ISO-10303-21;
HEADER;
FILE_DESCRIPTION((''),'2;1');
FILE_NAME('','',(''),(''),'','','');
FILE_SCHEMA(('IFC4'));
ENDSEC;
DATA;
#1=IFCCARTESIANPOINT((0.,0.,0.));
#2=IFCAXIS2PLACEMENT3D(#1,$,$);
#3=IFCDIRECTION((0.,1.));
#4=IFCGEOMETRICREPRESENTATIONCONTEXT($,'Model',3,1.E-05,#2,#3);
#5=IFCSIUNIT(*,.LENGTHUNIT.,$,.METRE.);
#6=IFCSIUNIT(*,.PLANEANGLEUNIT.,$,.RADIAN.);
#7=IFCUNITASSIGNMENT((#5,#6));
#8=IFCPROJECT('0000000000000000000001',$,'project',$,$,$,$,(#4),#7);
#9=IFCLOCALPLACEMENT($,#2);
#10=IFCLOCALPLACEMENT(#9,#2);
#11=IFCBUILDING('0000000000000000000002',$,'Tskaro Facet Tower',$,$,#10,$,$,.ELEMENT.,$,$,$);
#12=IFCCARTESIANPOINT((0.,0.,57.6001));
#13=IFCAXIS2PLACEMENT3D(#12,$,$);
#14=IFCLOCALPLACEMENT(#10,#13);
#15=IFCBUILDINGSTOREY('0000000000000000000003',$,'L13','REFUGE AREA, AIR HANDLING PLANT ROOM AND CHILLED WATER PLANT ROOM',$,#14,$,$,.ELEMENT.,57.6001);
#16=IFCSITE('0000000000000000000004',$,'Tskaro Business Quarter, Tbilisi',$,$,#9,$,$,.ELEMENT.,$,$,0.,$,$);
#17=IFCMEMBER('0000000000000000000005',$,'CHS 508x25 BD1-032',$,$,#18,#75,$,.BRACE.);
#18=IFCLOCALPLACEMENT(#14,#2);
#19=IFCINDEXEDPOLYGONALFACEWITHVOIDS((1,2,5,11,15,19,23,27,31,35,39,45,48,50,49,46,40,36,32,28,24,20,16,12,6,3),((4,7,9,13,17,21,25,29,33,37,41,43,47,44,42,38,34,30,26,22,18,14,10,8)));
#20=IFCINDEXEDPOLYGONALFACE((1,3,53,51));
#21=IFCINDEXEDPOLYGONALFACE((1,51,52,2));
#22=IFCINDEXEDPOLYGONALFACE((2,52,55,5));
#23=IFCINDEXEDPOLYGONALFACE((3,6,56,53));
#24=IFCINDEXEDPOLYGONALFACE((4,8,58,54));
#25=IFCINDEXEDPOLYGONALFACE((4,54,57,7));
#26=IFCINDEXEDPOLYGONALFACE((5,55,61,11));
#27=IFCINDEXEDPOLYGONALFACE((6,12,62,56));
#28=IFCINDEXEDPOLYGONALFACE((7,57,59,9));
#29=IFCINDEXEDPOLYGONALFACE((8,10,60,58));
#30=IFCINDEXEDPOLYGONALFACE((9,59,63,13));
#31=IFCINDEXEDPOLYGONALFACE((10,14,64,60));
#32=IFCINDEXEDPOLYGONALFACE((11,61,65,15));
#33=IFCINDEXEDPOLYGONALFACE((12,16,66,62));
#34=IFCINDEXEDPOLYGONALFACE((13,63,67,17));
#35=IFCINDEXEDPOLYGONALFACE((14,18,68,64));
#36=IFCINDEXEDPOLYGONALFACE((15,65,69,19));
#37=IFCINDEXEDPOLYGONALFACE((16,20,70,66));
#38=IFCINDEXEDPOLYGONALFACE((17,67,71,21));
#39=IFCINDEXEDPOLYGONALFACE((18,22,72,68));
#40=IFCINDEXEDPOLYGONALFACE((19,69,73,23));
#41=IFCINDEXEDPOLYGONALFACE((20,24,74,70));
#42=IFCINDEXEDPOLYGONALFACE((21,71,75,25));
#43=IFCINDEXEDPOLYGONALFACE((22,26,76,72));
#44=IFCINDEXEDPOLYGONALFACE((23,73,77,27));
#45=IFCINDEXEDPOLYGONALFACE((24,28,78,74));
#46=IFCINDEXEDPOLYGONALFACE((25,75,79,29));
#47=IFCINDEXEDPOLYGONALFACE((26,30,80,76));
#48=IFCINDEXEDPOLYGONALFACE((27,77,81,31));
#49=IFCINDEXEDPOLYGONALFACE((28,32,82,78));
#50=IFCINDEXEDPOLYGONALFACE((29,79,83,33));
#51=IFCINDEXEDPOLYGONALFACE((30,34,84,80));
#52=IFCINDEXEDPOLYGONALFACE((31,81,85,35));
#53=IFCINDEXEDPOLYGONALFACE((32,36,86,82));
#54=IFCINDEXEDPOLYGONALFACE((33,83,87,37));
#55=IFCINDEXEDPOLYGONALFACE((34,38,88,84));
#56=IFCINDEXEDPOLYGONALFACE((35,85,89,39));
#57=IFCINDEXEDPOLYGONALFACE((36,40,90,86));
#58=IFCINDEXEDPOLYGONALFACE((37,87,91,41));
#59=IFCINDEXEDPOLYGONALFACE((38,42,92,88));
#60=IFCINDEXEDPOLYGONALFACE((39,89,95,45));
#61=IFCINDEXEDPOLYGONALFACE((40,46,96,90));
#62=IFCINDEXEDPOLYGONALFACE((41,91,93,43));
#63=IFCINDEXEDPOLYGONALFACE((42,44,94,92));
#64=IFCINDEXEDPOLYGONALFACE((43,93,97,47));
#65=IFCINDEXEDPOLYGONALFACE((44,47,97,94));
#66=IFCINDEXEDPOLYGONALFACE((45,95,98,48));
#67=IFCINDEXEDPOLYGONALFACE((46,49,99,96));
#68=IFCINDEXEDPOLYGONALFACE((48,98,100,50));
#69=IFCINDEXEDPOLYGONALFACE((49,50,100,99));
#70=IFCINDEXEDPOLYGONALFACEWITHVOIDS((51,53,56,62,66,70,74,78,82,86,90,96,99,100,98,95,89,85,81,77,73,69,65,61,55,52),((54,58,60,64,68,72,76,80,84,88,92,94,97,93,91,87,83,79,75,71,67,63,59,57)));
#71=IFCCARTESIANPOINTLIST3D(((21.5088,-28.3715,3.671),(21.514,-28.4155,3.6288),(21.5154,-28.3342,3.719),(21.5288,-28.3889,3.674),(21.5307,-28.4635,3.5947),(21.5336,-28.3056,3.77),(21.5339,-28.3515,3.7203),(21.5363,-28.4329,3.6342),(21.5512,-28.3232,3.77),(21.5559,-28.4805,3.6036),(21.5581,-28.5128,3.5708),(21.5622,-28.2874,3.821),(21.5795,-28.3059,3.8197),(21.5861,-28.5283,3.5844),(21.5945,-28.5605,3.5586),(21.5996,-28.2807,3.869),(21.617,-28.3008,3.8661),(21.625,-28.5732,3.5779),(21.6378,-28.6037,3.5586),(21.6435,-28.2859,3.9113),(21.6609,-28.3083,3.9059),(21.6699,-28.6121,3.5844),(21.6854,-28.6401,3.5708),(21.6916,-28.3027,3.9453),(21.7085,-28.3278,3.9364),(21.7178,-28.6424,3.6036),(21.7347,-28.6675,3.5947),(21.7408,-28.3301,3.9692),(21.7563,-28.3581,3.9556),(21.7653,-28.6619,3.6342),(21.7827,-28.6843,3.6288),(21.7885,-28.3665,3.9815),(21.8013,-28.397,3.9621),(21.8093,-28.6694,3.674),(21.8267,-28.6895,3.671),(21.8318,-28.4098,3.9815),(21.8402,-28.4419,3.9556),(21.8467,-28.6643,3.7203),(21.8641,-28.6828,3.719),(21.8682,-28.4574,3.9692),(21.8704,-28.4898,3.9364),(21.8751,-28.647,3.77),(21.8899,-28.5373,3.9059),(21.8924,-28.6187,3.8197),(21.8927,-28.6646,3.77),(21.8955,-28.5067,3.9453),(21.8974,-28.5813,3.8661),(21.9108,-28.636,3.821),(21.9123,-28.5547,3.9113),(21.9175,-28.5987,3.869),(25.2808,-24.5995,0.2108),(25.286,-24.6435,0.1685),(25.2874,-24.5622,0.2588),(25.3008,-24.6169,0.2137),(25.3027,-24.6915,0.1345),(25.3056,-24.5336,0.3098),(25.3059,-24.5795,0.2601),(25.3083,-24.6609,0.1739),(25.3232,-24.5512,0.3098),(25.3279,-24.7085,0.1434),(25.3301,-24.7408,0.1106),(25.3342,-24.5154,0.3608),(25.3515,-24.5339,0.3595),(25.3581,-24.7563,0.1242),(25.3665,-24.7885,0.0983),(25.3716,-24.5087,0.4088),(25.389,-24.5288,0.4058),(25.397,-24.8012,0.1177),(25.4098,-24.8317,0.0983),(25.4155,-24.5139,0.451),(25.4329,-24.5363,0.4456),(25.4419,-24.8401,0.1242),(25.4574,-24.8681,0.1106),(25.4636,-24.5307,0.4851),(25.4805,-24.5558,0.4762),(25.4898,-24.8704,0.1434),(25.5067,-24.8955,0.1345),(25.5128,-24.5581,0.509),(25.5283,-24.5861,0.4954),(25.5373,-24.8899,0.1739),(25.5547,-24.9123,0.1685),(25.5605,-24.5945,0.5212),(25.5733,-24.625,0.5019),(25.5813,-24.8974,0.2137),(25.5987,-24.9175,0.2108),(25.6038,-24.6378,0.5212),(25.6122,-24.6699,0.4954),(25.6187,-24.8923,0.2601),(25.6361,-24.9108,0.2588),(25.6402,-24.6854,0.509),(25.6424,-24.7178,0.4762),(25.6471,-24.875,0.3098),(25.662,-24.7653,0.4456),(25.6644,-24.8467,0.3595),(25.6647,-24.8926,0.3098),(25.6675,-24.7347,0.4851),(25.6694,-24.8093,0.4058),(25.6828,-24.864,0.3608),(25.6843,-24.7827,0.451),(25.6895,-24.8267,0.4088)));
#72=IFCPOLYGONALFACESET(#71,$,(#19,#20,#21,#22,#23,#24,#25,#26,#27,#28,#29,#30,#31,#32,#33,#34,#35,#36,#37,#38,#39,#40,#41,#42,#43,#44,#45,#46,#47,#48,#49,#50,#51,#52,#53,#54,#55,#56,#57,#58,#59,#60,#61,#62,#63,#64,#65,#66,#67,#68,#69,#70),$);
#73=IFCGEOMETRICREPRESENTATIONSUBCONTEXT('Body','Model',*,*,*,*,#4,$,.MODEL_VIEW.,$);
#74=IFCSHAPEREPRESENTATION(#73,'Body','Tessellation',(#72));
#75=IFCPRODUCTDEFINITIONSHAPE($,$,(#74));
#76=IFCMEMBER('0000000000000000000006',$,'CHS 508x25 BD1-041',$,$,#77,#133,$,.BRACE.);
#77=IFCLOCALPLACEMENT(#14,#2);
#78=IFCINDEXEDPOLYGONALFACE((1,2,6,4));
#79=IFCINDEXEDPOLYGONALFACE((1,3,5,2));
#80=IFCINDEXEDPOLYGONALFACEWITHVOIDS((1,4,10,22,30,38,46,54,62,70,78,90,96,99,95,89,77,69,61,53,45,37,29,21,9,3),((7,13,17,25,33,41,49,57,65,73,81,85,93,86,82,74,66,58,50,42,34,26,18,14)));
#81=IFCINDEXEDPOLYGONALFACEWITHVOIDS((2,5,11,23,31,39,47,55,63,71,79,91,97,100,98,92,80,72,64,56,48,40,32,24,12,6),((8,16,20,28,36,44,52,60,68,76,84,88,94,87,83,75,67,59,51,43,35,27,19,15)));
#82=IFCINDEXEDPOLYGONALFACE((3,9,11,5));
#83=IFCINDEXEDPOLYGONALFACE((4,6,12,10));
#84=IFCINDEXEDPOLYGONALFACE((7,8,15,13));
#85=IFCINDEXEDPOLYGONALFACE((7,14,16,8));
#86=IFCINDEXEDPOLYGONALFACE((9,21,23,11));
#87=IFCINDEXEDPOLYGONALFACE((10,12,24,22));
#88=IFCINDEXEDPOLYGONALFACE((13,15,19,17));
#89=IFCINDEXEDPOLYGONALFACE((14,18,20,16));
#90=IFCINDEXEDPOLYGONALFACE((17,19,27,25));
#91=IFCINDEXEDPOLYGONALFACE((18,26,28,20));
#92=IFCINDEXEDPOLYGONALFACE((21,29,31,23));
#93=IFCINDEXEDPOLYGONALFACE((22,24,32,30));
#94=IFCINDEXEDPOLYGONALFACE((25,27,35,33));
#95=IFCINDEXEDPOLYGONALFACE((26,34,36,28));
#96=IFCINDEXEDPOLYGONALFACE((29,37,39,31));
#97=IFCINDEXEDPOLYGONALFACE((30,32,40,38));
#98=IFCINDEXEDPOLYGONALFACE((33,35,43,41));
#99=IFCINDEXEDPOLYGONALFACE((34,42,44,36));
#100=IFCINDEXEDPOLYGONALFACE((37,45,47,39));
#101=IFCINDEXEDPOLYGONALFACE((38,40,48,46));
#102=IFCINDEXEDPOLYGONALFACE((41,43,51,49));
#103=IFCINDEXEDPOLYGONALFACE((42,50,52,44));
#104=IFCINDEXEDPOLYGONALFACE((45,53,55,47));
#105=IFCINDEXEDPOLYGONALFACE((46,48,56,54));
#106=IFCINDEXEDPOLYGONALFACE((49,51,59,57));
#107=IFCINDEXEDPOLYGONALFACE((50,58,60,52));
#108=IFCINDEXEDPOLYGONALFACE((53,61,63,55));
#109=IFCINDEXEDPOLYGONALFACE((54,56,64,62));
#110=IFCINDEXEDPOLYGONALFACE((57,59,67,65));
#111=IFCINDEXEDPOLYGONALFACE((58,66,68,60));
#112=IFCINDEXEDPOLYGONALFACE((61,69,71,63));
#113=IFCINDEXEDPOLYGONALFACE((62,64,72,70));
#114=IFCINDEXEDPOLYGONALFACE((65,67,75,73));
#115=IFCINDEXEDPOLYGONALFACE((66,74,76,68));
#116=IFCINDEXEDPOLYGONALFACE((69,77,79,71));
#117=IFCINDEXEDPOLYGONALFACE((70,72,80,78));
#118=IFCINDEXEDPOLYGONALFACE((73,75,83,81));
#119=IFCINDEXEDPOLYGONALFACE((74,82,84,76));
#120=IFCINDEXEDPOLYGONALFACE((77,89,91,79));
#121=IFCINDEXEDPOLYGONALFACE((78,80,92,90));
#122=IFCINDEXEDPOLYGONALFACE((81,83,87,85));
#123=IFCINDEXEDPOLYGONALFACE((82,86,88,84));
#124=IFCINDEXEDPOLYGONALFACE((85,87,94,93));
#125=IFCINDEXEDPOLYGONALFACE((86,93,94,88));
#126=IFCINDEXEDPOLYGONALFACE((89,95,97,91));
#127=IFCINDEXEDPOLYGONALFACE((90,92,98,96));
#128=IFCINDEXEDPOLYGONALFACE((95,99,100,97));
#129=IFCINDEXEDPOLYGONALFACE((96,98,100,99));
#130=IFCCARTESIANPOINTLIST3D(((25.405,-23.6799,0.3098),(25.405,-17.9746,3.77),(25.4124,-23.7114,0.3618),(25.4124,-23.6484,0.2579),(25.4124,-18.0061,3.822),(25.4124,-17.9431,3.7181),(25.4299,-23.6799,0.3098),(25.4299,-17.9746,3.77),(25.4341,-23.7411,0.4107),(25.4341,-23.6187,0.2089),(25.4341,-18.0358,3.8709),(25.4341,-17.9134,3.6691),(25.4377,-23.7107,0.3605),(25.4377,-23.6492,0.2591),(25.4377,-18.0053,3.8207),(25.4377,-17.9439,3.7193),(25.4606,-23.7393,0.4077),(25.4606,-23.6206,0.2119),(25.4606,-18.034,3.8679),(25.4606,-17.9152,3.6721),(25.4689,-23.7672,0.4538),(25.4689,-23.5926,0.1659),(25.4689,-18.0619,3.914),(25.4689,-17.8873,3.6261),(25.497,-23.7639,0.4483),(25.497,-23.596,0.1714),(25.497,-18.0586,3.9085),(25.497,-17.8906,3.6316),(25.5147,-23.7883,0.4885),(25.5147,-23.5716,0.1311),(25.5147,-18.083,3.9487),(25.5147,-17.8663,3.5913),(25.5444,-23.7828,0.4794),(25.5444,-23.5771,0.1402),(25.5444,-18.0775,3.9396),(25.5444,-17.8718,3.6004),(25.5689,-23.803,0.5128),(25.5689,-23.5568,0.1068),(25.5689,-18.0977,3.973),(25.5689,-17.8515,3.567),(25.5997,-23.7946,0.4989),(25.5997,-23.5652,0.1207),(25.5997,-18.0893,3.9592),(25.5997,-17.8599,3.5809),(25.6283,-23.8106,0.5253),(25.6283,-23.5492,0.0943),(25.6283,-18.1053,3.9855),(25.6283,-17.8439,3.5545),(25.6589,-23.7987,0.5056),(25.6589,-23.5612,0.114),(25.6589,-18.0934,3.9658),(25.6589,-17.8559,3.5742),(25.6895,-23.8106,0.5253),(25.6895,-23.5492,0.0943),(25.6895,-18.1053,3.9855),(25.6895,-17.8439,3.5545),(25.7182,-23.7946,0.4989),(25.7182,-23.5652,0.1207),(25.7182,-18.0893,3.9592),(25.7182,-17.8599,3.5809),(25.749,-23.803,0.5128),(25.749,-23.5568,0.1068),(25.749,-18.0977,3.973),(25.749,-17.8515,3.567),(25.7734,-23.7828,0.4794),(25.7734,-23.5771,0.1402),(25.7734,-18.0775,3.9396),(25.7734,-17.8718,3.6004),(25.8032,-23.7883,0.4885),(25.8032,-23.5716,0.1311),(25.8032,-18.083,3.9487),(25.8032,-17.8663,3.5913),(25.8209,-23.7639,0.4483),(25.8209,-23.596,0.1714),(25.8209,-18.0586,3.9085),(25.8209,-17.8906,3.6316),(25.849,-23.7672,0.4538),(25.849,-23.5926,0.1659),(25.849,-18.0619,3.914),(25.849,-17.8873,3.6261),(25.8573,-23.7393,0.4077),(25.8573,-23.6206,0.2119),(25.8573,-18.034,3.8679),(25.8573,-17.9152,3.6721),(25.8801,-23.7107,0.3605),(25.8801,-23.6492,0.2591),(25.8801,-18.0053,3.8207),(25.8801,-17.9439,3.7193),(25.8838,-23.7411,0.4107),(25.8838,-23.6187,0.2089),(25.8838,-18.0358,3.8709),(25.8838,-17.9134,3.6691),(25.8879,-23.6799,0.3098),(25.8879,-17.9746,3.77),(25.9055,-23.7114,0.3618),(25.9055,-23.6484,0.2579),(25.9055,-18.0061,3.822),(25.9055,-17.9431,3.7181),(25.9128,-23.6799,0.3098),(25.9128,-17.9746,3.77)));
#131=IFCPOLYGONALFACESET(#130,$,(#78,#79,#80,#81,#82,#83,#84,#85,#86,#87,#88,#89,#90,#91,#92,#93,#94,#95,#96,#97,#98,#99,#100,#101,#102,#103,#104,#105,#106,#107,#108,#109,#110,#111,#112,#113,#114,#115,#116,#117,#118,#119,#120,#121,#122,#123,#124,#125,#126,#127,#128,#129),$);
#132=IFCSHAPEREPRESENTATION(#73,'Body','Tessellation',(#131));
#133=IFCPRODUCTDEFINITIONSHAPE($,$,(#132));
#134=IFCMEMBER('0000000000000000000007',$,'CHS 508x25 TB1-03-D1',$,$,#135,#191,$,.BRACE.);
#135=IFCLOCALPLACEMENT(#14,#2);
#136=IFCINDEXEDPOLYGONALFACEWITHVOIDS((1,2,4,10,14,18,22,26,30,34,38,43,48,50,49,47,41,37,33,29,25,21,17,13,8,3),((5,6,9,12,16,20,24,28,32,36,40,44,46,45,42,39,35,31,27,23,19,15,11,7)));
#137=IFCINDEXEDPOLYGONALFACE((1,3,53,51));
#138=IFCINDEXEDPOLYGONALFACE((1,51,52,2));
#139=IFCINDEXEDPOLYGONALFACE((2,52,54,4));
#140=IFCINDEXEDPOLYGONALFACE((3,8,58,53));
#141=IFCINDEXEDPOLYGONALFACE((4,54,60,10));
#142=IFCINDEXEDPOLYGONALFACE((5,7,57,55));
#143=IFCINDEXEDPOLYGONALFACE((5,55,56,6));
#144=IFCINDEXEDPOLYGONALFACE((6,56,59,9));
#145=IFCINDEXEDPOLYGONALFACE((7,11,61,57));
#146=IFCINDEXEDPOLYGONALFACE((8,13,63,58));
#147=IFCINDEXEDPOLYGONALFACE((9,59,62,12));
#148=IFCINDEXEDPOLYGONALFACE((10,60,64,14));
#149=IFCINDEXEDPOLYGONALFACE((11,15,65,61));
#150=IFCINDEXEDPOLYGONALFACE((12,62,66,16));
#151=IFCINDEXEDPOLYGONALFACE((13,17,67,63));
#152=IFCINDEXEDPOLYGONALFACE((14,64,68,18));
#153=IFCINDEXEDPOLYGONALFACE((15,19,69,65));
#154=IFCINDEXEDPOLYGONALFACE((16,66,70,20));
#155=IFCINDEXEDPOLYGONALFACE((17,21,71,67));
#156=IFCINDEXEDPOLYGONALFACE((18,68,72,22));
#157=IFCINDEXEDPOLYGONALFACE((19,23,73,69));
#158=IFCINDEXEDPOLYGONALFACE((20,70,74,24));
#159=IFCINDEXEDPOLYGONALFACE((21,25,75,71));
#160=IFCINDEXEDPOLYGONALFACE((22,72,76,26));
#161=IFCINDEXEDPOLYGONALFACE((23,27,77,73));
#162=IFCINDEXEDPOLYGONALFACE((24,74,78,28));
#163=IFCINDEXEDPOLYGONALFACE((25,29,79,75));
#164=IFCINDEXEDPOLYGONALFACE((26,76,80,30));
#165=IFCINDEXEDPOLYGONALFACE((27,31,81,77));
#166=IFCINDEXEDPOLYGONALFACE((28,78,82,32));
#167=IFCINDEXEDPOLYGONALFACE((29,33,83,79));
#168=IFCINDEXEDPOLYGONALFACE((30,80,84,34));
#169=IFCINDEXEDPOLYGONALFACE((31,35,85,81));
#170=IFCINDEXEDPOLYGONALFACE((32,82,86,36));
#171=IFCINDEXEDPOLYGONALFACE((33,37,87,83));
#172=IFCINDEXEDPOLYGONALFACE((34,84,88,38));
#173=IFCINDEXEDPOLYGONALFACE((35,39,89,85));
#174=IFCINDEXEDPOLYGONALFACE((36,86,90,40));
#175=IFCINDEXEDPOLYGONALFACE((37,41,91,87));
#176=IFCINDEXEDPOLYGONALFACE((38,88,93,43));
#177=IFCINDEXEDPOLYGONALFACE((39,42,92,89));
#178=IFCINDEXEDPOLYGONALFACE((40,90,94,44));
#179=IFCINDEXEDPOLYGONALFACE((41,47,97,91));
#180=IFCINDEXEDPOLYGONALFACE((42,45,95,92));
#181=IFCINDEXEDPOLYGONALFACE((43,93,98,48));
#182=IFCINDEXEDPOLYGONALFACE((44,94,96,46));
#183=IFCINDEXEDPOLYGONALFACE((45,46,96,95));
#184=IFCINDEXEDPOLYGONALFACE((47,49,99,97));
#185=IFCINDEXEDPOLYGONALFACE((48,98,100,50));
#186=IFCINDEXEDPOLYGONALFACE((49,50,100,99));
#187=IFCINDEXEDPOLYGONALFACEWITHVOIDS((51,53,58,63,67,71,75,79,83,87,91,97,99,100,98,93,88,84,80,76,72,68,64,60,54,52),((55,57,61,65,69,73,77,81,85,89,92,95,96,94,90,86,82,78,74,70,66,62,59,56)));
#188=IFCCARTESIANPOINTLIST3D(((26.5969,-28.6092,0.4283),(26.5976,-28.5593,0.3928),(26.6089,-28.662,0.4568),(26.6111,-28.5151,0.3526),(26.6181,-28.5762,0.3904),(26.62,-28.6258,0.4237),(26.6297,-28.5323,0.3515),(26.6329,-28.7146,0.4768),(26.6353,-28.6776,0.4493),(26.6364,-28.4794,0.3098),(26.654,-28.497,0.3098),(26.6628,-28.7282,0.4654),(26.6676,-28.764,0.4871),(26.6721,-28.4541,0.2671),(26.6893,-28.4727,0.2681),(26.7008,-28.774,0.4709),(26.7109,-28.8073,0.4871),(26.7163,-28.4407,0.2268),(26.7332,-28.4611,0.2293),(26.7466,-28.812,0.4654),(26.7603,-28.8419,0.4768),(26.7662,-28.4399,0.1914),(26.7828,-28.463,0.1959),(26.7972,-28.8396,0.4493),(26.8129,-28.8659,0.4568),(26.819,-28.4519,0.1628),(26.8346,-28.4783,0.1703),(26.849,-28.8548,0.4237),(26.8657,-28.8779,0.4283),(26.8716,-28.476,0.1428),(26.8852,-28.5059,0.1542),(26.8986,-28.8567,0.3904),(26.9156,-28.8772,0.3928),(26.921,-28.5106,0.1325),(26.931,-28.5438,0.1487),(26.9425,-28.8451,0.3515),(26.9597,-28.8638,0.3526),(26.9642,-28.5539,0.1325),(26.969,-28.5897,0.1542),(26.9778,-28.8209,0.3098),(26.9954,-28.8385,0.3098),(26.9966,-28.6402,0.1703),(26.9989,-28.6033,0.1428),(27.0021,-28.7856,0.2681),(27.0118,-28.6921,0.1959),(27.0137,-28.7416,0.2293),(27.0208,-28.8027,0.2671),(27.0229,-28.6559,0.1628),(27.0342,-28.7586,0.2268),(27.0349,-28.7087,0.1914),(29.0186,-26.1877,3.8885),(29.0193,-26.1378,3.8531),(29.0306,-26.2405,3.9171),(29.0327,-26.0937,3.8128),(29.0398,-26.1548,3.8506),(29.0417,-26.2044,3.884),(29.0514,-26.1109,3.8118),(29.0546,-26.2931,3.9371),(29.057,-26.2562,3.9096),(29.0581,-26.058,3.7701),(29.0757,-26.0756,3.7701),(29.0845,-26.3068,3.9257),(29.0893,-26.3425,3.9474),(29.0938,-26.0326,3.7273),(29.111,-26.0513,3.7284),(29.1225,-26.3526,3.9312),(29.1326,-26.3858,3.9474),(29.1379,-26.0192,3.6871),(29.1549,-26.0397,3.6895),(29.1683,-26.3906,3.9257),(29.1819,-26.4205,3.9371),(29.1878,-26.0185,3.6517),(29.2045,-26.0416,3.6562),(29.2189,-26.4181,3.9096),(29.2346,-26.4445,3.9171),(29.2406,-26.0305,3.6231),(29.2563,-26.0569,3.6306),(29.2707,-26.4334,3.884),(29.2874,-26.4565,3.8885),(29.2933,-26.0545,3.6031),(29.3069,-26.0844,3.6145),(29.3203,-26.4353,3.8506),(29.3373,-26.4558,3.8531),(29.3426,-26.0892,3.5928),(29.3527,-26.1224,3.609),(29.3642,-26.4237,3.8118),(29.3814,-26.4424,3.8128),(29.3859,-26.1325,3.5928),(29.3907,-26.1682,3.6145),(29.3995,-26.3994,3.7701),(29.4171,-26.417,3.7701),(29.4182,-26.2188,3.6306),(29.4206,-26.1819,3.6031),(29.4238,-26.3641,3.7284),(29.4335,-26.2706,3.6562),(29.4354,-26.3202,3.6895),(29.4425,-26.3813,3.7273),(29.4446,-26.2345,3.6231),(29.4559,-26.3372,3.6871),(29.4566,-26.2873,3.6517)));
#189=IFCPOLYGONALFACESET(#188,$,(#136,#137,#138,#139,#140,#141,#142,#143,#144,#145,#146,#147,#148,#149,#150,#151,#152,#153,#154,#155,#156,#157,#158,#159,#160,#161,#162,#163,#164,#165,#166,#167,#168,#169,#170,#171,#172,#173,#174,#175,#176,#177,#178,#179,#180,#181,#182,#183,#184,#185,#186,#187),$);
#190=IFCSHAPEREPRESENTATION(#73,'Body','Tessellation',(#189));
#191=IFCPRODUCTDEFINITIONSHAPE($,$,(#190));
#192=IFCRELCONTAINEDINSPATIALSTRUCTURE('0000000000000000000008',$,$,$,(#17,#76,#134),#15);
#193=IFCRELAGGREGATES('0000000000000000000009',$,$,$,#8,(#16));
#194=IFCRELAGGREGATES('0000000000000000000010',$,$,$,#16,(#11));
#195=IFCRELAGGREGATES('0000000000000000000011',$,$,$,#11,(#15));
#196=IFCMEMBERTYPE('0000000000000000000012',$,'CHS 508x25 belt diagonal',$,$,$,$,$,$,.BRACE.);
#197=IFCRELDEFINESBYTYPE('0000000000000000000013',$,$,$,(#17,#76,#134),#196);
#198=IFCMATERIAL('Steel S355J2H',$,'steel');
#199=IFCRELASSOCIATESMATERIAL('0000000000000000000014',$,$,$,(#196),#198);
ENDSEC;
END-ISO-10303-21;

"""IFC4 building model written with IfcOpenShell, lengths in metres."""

from ifc_helpers import new_model, si_unit, direction, frame, origin, origin_2d, place, context, subcontext, project, spatial, hollow_circle, extrude, material, material_profile, profile_set, type_object, element, save


model = new_model("IFC4")

# Units and contexts
model_context = context("Model", 3, precision=1e-05, world=origin(), true_north=direction((0.0, 1.0)))
body_context = subcontext(model_context, "Body", "Model", "MODEL_VIEW")
ifc_project = project(units=[si_unit("LENGTHUNIT", "METRE"), si_unit("PLANEANGLEUNIT", "RADIAN")], contexts=[model_context])

# Site, building, storey
site_placement = place(None, origin())
site = spatial("IfcSite", under=ifc_project, at=site_placement, Name="Tskaro Business Quarter, Tbilisi", CompositionType="ELEMENT", RefElevation=0.0)
building_placement = place(site_placement, origin())
building = spatial("IfcBuilding", under=site, at=building_placement, Name="Tskaro Facet Tower", CompositionType="ELEMENT")
storey_placement = place(building_placement, frame((0.0, 0.0, 57.6001)))
storey = spatial("IfcBuildingStorey", under=building, at=storey_placement, Name="L13", Description="REFUGE AREA, AIR HANDLING PLANT ROOM AND CHILLED WATER PLANT ROOM", CompositionType="ELEMENT", Elevation=57.6001)

# Shared definitions
ifc_material_1 = material(Name="Steel S355J2H", Category="steel")

# Members
ifc_material_profile_1 = material_profile(ifc_material_1, hollow_circle(Radius=0.2539, WallThickness=0.0249, at=origin_2d()), Name="CHS 508x25")
ifc_profile_set_1 = profile_set([ifc_material_profile_1], Name="Steel S355J2H")
member_type_1 = type_object("IfcMemberType", Name="CHS 508x25 belt diagonal", PredefinedType="BRACE", material=ifc_profile_set_1)
member_1_placement = place(storey_placement, frame((21.7131, -28.4851, 3.77), z_axis=(0.593232, 0.593232, -0.544199), x_axis=(-0.707107, 0.707107, 0.0)))
element("IfcMember", 1, at=member_1_placement, inside=storey, type_object=member_type_1, Name="CHS 508x25 BD1-032", PredefinedType="BRACE", context=body_context, shape_type="SweptSolid", body=[
    extrude(hollow_circle(Radius=0.2539, WallThickness=0.0249, at=origin_2d()), origin(), (0.0, 0.0, 1.0), 6.3584),
])
member_2_placement = place(storey_placement, frame((25.6589, -23.6799, 0.3098), z_axis=(0.0, 0.855036, 0.518568), x_axis=(-1.0, 0.0, 0.0)))
element("IfcMember", 2, at=member_2_placement, inside=storey, type_object=member_type_1, Name="CHS 508x25 BD1-041", PredefinedType="BRACE", context=body_context, shape_type="SweptSolid", body=[
    extrude(hollow_circle(Radius=0.2539, WallThickness=0.0249, at=origin_2d()), origin(), (0.0, 0.0, 1.0), 6.6726),
])
for number, where, z_axis, x_axis, name in (
    (3, (26.8159, -28.6589, 0.3098), (0.497428, 0.497377, 0.710761), (-0.707071, 0.707142, 0.0), "CHS 508x25 TB1-03-D1"),
):
    element("IfcMember", number, at=place(storey_placement, frame(where, z_axis=z_axis, x_axis=x_axis)), inside=storey, type_object=member_type_1, Name=name, PredefinedType="BRACE", context=body_context, shape_type="SweptSolid", body=[
        extrude(hollow_circle(Radius=0.2539, WallThickness=0.0249, at=origin_2d()), origin(), (0.0, 0.0, 1.0), 4.8684),
    ])

save(model, "model.ifc")
